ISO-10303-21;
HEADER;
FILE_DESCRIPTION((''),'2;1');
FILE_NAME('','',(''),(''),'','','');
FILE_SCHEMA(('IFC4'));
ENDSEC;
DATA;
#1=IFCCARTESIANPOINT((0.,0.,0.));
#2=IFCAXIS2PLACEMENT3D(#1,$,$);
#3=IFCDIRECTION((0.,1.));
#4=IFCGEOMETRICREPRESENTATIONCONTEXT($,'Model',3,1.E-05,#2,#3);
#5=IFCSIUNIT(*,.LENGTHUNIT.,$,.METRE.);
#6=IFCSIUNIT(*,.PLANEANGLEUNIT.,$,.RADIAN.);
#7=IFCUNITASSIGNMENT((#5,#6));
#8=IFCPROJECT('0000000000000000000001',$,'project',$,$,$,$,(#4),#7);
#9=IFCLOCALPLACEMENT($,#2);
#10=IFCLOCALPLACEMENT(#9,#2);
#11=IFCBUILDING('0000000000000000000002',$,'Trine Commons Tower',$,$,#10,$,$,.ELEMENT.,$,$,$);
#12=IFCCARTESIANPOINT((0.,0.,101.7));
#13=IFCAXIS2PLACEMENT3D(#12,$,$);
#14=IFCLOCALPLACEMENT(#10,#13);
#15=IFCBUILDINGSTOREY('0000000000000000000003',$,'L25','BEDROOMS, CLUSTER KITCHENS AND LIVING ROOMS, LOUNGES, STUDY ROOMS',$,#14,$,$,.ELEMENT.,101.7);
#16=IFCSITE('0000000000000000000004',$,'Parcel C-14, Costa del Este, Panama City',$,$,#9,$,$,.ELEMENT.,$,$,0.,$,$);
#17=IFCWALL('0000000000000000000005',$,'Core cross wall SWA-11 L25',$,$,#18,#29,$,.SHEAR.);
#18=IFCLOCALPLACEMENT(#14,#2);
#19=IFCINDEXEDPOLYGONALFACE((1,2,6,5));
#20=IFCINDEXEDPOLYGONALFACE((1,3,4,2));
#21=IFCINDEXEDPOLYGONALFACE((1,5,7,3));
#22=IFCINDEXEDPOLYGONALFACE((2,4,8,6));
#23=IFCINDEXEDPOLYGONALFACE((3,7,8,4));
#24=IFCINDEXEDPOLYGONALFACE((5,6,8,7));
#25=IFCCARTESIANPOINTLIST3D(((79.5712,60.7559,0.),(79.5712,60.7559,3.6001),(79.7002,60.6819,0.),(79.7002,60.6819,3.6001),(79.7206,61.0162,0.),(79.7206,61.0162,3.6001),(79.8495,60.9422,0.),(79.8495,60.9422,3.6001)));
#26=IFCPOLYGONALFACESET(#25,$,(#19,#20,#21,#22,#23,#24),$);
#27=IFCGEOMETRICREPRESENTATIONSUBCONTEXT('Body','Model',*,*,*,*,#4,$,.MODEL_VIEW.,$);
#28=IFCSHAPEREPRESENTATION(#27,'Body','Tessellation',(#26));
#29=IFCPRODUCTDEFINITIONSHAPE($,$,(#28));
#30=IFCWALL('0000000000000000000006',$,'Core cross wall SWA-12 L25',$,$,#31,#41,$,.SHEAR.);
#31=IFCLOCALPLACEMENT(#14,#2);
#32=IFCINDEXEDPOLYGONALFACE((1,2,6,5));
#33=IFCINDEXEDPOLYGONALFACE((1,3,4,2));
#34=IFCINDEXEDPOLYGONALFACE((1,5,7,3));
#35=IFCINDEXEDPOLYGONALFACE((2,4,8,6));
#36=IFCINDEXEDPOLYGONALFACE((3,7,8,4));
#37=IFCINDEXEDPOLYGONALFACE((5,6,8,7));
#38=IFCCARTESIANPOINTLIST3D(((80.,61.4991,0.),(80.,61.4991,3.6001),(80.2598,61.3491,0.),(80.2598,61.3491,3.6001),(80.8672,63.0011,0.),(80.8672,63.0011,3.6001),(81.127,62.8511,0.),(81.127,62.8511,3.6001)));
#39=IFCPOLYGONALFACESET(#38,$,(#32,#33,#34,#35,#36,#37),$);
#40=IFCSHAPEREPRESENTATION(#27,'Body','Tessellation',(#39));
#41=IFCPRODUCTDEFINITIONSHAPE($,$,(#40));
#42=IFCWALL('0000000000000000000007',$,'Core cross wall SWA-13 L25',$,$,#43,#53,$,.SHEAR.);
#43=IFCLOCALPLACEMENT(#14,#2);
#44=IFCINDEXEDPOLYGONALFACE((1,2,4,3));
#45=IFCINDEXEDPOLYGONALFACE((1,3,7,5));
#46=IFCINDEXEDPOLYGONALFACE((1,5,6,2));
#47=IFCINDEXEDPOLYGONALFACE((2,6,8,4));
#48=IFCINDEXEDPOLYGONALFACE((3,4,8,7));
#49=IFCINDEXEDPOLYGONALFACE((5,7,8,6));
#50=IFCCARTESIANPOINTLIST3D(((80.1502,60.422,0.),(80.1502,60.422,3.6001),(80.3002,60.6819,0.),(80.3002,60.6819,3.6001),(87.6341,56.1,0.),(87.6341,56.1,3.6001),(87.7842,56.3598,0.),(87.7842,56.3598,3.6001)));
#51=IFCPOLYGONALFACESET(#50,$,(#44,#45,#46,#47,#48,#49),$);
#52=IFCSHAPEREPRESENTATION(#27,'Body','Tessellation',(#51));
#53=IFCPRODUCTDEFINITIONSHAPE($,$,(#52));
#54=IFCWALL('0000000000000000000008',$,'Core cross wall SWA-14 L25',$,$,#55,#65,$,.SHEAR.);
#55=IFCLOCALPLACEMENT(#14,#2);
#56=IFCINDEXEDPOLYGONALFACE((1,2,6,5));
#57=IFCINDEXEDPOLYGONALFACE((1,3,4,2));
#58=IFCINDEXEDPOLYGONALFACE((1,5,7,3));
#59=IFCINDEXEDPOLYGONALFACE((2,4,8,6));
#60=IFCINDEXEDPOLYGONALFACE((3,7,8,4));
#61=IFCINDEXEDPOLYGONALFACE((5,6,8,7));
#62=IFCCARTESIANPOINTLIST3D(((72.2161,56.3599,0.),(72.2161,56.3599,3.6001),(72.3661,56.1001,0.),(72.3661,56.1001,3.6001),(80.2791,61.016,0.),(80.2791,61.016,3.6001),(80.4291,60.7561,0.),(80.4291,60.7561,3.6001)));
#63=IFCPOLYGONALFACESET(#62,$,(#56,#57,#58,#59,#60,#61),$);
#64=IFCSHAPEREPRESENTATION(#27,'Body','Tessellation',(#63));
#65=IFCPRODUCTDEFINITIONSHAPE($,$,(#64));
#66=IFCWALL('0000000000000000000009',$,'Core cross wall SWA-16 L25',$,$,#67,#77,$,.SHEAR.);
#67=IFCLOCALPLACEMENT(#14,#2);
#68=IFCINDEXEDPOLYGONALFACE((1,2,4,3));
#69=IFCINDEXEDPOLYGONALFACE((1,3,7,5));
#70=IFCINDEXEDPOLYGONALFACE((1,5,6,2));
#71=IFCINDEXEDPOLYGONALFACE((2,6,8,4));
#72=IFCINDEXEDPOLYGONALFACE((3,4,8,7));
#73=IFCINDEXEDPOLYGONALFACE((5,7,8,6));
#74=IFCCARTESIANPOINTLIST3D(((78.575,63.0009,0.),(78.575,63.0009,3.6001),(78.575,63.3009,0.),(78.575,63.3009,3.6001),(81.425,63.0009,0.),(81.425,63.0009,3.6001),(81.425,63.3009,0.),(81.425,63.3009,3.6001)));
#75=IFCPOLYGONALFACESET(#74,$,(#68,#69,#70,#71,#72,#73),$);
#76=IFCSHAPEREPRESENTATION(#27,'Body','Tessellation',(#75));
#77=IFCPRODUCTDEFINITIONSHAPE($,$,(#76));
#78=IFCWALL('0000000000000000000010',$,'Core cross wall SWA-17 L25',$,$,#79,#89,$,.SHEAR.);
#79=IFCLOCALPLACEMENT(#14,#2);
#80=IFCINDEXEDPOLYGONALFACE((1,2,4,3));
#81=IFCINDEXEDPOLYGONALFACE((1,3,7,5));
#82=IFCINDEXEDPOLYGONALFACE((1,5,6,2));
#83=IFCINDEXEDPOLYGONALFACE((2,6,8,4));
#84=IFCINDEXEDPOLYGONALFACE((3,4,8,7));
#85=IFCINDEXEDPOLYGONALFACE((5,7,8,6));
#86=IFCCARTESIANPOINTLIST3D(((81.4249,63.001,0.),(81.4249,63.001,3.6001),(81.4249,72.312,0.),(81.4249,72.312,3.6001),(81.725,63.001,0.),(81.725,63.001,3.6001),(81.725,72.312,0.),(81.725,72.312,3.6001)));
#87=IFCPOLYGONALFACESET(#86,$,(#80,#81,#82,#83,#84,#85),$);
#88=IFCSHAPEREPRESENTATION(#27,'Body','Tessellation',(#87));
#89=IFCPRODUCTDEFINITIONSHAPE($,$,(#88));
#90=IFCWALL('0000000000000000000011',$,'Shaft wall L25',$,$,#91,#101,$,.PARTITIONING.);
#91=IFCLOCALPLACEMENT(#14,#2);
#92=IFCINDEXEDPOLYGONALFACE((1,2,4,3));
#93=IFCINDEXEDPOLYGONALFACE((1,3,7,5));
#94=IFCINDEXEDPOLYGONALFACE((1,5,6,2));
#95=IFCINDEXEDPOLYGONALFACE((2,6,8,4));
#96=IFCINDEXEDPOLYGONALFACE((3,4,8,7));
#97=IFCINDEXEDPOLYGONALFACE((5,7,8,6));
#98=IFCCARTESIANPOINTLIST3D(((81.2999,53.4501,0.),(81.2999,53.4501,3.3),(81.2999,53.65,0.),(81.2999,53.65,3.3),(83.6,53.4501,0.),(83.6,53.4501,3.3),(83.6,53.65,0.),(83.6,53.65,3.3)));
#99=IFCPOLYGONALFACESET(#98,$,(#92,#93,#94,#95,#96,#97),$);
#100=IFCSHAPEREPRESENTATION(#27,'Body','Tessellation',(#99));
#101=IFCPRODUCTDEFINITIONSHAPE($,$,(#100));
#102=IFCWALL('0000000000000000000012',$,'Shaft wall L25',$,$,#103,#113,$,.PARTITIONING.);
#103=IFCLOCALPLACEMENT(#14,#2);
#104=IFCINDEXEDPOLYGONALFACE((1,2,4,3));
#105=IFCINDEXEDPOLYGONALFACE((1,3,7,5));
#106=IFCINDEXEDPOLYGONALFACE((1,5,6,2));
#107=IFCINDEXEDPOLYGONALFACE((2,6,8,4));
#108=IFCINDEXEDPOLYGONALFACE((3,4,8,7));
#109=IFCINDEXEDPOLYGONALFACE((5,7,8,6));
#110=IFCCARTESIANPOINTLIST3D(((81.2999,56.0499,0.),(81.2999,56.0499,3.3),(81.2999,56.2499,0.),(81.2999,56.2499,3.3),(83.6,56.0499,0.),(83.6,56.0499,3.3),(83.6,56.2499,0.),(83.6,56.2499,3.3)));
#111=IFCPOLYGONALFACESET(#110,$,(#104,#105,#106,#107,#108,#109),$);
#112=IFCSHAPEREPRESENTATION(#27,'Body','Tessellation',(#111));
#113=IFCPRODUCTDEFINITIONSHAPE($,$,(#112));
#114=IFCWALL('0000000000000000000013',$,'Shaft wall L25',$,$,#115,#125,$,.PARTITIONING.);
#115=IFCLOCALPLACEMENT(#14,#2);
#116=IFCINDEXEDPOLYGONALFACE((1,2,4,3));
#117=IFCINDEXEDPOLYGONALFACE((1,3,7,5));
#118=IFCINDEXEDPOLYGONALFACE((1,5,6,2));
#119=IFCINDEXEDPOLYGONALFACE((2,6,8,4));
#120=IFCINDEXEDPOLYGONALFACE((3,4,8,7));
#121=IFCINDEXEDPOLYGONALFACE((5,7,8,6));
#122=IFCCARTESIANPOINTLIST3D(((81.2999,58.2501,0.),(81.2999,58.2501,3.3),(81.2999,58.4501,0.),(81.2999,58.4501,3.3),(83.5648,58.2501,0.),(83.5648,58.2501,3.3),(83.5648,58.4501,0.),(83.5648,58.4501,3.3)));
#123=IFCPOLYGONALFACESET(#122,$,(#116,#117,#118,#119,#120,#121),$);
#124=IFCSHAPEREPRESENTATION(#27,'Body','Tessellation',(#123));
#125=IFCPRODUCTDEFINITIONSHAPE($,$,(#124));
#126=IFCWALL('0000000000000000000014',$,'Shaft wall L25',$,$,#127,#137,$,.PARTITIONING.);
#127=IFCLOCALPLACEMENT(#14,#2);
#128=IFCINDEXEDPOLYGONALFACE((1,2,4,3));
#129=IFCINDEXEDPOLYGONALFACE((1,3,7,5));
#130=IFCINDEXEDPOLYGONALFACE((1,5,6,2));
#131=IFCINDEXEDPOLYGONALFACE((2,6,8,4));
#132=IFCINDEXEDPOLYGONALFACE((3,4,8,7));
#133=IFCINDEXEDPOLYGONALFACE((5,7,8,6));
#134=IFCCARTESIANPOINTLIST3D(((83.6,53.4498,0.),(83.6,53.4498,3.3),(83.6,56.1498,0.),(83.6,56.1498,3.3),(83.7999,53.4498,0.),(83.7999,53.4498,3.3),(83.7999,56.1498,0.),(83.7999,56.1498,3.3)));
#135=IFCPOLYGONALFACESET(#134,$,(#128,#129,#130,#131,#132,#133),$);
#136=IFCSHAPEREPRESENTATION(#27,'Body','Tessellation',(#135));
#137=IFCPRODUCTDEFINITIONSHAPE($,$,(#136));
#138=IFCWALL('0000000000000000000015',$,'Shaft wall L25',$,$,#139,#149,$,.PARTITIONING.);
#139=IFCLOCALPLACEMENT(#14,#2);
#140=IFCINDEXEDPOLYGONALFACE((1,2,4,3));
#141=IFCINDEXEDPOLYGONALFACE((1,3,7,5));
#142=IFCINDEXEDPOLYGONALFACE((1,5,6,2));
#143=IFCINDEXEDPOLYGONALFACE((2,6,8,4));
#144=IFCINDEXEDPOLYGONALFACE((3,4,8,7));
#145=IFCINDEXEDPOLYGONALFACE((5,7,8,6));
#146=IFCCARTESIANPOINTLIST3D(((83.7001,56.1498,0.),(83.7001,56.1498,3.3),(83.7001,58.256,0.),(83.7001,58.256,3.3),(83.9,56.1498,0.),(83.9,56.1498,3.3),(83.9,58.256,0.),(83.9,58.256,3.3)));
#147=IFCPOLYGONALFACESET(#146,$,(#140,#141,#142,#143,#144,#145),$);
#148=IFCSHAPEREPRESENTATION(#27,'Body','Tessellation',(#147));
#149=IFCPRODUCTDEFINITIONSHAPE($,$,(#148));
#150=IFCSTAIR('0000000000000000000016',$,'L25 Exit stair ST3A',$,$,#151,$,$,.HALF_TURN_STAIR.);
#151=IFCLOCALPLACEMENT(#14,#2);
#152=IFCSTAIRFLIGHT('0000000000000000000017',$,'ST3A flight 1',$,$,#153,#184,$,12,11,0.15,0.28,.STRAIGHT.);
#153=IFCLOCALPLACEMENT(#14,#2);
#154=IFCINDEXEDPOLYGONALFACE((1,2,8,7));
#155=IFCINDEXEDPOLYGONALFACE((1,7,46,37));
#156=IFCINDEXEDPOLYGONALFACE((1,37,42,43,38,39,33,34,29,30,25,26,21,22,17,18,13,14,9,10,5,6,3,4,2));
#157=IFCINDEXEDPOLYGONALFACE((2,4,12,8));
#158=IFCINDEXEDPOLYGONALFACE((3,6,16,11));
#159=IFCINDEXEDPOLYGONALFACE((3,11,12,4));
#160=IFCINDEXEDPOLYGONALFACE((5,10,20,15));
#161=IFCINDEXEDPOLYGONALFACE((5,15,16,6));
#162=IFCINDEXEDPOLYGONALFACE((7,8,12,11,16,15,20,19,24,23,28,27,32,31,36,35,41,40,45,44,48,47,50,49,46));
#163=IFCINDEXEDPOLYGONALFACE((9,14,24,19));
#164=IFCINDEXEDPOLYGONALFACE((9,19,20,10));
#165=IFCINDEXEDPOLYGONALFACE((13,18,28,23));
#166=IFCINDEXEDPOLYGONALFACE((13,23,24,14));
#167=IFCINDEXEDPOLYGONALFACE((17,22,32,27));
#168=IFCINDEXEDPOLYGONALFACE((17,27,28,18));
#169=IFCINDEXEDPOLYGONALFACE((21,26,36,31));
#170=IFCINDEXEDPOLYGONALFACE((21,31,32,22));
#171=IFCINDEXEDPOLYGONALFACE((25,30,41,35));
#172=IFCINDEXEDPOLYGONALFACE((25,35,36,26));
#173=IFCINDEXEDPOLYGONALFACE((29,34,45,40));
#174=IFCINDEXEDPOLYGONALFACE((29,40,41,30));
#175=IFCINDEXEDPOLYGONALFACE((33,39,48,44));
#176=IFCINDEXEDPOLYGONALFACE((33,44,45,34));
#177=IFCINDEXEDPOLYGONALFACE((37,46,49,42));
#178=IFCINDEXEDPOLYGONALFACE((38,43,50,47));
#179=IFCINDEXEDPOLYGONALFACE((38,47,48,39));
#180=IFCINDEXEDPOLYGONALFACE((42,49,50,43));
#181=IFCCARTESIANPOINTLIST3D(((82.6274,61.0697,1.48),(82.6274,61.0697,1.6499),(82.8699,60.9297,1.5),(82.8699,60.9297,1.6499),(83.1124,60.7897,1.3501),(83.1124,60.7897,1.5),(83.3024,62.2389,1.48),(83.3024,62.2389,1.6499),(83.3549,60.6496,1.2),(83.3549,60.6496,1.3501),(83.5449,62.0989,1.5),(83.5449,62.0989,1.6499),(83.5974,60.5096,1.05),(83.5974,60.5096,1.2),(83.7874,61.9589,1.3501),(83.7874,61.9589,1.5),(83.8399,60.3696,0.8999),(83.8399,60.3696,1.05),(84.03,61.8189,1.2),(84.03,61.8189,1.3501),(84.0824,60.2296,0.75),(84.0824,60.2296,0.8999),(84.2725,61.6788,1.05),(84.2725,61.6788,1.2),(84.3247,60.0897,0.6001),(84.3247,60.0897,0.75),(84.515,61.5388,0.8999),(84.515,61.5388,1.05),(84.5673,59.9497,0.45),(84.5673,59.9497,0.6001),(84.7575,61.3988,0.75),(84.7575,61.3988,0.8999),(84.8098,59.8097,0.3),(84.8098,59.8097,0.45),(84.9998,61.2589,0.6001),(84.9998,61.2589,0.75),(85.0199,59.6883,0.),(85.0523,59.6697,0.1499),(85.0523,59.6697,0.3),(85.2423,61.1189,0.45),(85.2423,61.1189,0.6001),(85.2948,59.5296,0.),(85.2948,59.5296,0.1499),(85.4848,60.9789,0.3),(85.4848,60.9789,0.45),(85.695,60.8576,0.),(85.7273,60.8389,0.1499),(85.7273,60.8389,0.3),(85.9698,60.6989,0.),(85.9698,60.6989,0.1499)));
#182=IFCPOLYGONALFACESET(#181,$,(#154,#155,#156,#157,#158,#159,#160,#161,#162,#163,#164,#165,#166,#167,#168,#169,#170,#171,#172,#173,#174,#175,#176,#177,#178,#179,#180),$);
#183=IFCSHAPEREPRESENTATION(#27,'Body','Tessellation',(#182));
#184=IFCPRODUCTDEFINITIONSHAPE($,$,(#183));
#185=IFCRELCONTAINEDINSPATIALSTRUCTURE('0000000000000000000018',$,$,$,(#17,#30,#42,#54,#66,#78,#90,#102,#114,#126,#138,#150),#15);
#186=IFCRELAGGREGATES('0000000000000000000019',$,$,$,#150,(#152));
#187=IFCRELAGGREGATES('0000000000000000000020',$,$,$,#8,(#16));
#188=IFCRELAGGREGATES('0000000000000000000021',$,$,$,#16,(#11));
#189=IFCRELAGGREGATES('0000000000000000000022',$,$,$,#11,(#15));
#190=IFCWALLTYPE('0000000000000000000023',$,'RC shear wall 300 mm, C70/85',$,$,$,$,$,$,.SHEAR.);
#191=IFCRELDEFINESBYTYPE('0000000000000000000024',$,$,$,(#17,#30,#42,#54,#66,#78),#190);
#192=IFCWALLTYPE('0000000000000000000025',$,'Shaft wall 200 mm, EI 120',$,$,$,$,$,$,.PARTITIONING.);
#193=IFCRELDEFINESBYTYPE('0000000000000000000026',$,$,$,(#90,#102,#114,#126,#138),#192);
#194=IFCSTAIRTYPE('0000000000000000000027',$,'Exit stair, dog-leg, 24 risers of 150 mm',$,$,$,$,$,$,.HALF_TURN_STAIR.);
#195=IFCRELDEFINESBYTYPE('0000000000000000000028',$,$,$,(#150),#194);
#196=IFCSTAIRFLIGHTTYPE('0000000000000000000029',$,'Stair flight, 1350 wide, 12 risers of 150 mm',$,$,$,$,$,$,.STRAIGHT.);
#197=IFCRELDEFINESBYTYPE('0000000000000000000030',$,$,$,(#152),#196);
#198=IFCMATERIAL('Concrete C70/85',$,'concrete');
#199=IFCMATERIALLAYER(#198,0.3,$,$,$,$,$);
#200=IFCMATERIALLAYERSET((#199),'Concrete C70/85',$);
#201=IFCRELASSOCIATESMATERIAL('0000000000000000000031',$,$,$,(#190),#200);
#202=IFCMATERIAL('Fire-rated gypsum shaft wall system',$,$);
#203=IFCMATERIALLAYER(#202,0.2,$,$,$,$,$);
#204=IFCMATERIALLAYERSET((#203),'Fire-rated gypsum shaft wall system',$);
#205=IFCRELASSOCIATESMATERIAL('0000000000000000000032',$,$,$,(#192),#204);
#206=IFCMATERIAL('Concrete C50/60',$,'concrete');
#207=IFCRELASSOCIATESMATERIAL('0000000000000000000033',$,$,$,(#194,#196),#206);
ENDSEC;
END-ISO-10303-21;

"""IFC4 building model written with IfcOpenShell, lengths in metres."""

from ifc_helpers import new_model, si_unit, direction, frame, frame_2d, origin, place, context, subcontext, project, spatial, polyline, rectangle, outline, extrude, material, layer, layer_set, type_object, element, aggregate, save


model = new_model("IFC4")

# Units and contexts
model_context = context("Model", 3, precision=1e-05, world=origin(), true_north=direction((0.0, 1.0)))
body_context = subcontext(model_context, "Body", "Model", "MODEL_VIEW")
ifc_project = project(units=[si_unit("LENGTHUNIT", "METRE"), si_unit("PLANEANGLEUNIT", "RADIAN")], contexts=[model_context])

# Site, building, storey
site_placement = place(None, origin())
site = spatial("IfcSite", under=ifc_project, at=site_placement, Name="Parcel C-14, Costa del Este, Panama City", CompositionType="ELEMENT", RefElevation=0.0)
building_placement = place(site_placement, origin())
building = spatial("IfcBuilding", under=site, at=building_placement, Name="Trine Commons Tower", CompositionType="ELEMENT")
storey_placement = place(building_placement, frame((0.0, 0.0, 101.7)))
storey = spatial("IfcBuildingStorey", under=building, at=storey_placement, Name="L25", Description="BEDROOMS, CLUSTER KITCHENS AND LIVING ROOMS, LOUNGES, STUDY ROOMS", CompositionType="ELEMENT", Elevation=101.7)

# Shared definitions
ifc_material_1 = material(Name="Concrete C70/85", Category="concrete")
ifc_layer_1 = layer(ifc_material_1, 0.3)
ifc_layer_set_1 = layer_set([ifc_layer_1], Name="Concrete C70/85")
wall_type_1 = type_object("IfcWallType", Name="RC shear wall 300 mm, C70/85", PredefinedType="SHEAR", material=ifc_layer_set_1)

# Walls
wall_1_placement = place(storey_placement, frame((79.646, 60.886, 0.0), z_axis=(0.0, 0.0, 1.0), x_axis=(0.867332, -0.49773, 0.0)))
element("IfcWall", 1, at=wall_1_placement, inside=storey, type_object=wall_type_1, Name="Core cross wall SWA-11 L25", PredefinedType="SHEAR", context=body_context, shape_type="SweptSolid", body=[
    extrude(rectangle(XDim=0.1487, YDim=0.3, at=frame_2d((0.0742, 0.0))), origin(), (0.0, 0.0, 1.0), 3.6001),
])
wall_2_placement = place(storey_placement, frame((80.1299, 61.4241, 0.0), z_axis=(0.0, 0.0, 1.0), x_axis=(0.500015, 0.866017, 0.0)))
element("IfcWall", 2, at=wall_2_placement, inside=storey, type_object=wall_type_1, Name="Core cross wall SWA-12 L25", PredefinedType="SHEAR", context=body_context, shape_type="SweptSolid", body=[
    extrude(rectangle(XDim=1.7344, YDim=0.3, at=frame_2d((0.8672, 0.0))), origin(), (0.0, 0.0, 1.0), 3.6001),
])
wall_3_placement = place(storey_placement, frame((80.2251, 60.552, 0.0), z_axis=(0.0, 0.0, 1.0), x_axis=(0.865965, -0.500104, 0.0)))
element("IfcWall", 3, at=wall_3_placement, inside=storey, type_object=wall_type_1, Name="Core cross wall SWA-13 L25", PredefinedType="SHEAR", context=body_context, shape_type="SweptSolid", body=[
    extrude(rectangle(XDim=8.6423, YDim=0.3, at=frame_2d((4.3213, 0.0))), origin(), (0.0, 0.0, 1.0), 3.6001),
])
wall_4_placement = place(storey_placement, frame((80.354, 60.886, 0.0), z_axis=(0.0, 0.0, 1.0), x_axis=(-0.865986, -0.500067, 0.0)))
element("IfcWall", 4, at=wall_4_placement, inside=storey, type_object=wall_type_1, Name="Core cross wall SWA-14 L25", PredefinedType="SHEAR", context=body_context, shape_type="SweptSolid", body=[
    extrude(rectangle(XDim=9.3108, YDim=0.3, at=frame_2d((4.6553, 0.0))), origin(), (0.0, 0.0, 1.0), 3.6001),
])
wall_5_placement = place(storey_placement, frame((81.425, 63.1509, 0.0), z_axis=(0.0, 0.0, 1.0), x_axis=(-1.0, 0.0, 0.0)))
element("IfcWall", 5, at=wall_5_placement, inside=storey, type_object=wall_type_1, Name="Core cross wall SWA-16 L25", PredefinedType="SHEAR", context=body_context, shape_type="SweptSolid", body=[
    extrude(rectangle(XDim=2.8501, YDim=0.3, at=frame_2d((1.425, 0.0))), origin(), (0.0, 0.0, 1.0), 3.6001),
])
wall_6_placement = place(storey_placement, frame((81.575, 63.001, 0.0), z_axis=(0.0, 0.0, 1.0), x_axis=(0.0, 1.0, 0.0)))
element("IfcWall", 6, at=wall_6_placement, inside=storey, type_object=wall_type_1, Name="Core cross wall SWA-17 L25", PredefinedType="SHEAR", context=body_context, shape_type="SweptSolid", body=[
    extrude(rectangle(XDim=9.311, YDim=0.3, at=frame_2d((4.6555, 0.0))), origin(), (0.0, 0.0, 1.0), 3.6001),
])
ifc_material_2 = material(Name="Fire-rated gypsum shaft wall system")
ifc_layer_2 = layer(ifc_material_2, 0.2)
ifc_layer_set_2 = layer_set([ifc_layer_2], Name="Fire-rated gypsum shaft wall system")
wall_type_2 = type_object("IfcWallType", Name="Shaft wall 200 mm, EI 120", PredefinedType="PARTITIONING", material=ifc_layer_set_2)
for number, where, z_axis, x_axis, name in (
    (7, (81.3, 53.55, 0.0), (0.0, 0.0, 1.0), (1.0, 0.0, 0.0), "Shaft wall L25"),
    (8, (81.3, 56.1499, 0.0), (0.0, 0.0, 1.0), (1.0, 0.0, 0.0), "Shaft wall L25"),
):
    element("IfcWall", number, at=place(storey_placement, frame(where, z_axis=z_axis, x_axis=x_axis)), inside=storey, type_object=wall_type_2, Name=name, PredefinedType="PARTITIONING", context=body_context, shape_type="SweptSolid", body=[
        extrude(rectangle(XDim=2.3, YDim=0.2, at=frame_2d((1.1499, 0.0))), origin(), (0.0, 0.0, 1.0), 3.3),
    ])
wall_7_placement = place(storey_placement, frame((81.3, 58.3501, 0.0), z_axis=(0.0, 0.0, 1.0), x_axis=(1.0, 0.0, 0.0)))
element("IfcWall", 9, at=wall_7_placement, inside=storey, type_object=wall_type_2, Name="Shaft wall L25", PredefinedType="PARTITIONING", context=body_context, shape_type="SweptSolid", body=[
    extrude(rectangle(XDim=2.2649, YDim=0.2, at=frame_2d((1.1323, 0.0))), origin(), (0.0, 0.0, 1.0), 3.3),
])
wall_8_placement = place(storey_placement, frame((83.7, 56.1499, 0.0), z_axis=(0.0, 0.0, 1.0), x_axis=(0.0, -1.0, 0.0)))
element("IfcWall", 10, at=wall_8_placement, inside=storey, type_object=wall_type_2, Name="Shaft wall L25", PredefinedType="PARTITIONING", context=body_context, shape_type="SweptSolid", body=[
    extrude(rectangle(XDim=2.7, YDim=0.2, at=frame_2d((1.3501, 0.0))), origin(), (0.0, 0.0, 1.0), 3.3),
])
wall_9_placement = place(storey_placement, frame((83.8, 58.2561, 0.0), z_axis=(0.0, 0.0, 1.0), x_axis=(0.0, -1.0, 0.0)))
element("IfcWall", 11, at=wall_9_placement, inside=storey, type_object=wall_type_2, Name="Shaft wall L25", PredefinedType="PARTITIONING", context=body_context, shape_type="SweptSolid", body=[
    extrude(rectangle(XDim=2.1062, YDim=0.2, at=frame_2d((1.0532, 0.0))), origin(), (0.0, 0.0, 1.0), 3.3),
])

# Stair, stair flight
ifc_material_3 = material(Name="Concrete C50/60", Category="concrete")
stair_type = type_object("IfcStairType", Name="Exit stair, dog-leg, 24 risers of 150 mm", PredefinedType="HALF_TURN_STAIR", material=ifc_material_3)
stair_placement = place(storey_placement, origin())
stair = element("IfcStair", 12, at=stair_placement, inside=storey, type_object=stair_type, Name="L25 Exit stair ST3A", PredefinedType="HALF_TURN_STAIR")
stair_flight_type = type_object("IfcStairFlightType", Name="Stair flight, 1350 wide, 12 risers of 150 mm", PredefinedType="STRAIGHT", material=ifc_material_3)
stair_flight_1_placement = place(storey_placement, frame((85.6323, 60.1143, 0.0), z_axis=(0.0, 0.0, 1.0), x_axis=(-0.866025, 0.5, 0.0)))
stair_flight_1 = element("IfcStairFlight", 13, at=stair_flight_1_placement, type_object=stair_flight_type, Name="ST3A flight 1", NumberOfRisers=12, NumberOfTreads=11, PredefinedType="STRAIGHT", RiserHeight=0.15, TreadLength=0.28, context=body_context, shape_type="SweptSolid", body=[
    extrude(outline(polyline([(0.0, 0.0), (0.0, 0.1499), (0.28, 0.1499), (0.28, 0.3), (0.5601, 0.3), (0.5601, 0.45), (0.8401, 0.45), (0.8401, 0.6001), (1.1201, 0.6001), (1.1201, 0.75), (1.3999, 0.75), (1.3999, 0.8999), (1.6799, 0.8999), (1.6799, 1.05), (1.96, 1.05), (1.96, 1.2), (2.24, 1.2), (2.24, 1.3501), (2.52, 1.3501), (2.52, 1.5), (2.8, 1.5), (2.8, 1.6499), (3.0801, 1.6499), (3.0801, 1.8), (3.0801, 1.48), (0.3174, 0.0), (0.0, 0.0)])), frame((0.0, 0.675, 0.0), z_axis=(0.0, -1.0, 0.0), x_axis=(1.0, 0.0, 0.0)), (0.0, 0.0, 1.0), 1.3501),
])
aggregate(stair, [stair_flight_1])

save(model, "model.ifc")
